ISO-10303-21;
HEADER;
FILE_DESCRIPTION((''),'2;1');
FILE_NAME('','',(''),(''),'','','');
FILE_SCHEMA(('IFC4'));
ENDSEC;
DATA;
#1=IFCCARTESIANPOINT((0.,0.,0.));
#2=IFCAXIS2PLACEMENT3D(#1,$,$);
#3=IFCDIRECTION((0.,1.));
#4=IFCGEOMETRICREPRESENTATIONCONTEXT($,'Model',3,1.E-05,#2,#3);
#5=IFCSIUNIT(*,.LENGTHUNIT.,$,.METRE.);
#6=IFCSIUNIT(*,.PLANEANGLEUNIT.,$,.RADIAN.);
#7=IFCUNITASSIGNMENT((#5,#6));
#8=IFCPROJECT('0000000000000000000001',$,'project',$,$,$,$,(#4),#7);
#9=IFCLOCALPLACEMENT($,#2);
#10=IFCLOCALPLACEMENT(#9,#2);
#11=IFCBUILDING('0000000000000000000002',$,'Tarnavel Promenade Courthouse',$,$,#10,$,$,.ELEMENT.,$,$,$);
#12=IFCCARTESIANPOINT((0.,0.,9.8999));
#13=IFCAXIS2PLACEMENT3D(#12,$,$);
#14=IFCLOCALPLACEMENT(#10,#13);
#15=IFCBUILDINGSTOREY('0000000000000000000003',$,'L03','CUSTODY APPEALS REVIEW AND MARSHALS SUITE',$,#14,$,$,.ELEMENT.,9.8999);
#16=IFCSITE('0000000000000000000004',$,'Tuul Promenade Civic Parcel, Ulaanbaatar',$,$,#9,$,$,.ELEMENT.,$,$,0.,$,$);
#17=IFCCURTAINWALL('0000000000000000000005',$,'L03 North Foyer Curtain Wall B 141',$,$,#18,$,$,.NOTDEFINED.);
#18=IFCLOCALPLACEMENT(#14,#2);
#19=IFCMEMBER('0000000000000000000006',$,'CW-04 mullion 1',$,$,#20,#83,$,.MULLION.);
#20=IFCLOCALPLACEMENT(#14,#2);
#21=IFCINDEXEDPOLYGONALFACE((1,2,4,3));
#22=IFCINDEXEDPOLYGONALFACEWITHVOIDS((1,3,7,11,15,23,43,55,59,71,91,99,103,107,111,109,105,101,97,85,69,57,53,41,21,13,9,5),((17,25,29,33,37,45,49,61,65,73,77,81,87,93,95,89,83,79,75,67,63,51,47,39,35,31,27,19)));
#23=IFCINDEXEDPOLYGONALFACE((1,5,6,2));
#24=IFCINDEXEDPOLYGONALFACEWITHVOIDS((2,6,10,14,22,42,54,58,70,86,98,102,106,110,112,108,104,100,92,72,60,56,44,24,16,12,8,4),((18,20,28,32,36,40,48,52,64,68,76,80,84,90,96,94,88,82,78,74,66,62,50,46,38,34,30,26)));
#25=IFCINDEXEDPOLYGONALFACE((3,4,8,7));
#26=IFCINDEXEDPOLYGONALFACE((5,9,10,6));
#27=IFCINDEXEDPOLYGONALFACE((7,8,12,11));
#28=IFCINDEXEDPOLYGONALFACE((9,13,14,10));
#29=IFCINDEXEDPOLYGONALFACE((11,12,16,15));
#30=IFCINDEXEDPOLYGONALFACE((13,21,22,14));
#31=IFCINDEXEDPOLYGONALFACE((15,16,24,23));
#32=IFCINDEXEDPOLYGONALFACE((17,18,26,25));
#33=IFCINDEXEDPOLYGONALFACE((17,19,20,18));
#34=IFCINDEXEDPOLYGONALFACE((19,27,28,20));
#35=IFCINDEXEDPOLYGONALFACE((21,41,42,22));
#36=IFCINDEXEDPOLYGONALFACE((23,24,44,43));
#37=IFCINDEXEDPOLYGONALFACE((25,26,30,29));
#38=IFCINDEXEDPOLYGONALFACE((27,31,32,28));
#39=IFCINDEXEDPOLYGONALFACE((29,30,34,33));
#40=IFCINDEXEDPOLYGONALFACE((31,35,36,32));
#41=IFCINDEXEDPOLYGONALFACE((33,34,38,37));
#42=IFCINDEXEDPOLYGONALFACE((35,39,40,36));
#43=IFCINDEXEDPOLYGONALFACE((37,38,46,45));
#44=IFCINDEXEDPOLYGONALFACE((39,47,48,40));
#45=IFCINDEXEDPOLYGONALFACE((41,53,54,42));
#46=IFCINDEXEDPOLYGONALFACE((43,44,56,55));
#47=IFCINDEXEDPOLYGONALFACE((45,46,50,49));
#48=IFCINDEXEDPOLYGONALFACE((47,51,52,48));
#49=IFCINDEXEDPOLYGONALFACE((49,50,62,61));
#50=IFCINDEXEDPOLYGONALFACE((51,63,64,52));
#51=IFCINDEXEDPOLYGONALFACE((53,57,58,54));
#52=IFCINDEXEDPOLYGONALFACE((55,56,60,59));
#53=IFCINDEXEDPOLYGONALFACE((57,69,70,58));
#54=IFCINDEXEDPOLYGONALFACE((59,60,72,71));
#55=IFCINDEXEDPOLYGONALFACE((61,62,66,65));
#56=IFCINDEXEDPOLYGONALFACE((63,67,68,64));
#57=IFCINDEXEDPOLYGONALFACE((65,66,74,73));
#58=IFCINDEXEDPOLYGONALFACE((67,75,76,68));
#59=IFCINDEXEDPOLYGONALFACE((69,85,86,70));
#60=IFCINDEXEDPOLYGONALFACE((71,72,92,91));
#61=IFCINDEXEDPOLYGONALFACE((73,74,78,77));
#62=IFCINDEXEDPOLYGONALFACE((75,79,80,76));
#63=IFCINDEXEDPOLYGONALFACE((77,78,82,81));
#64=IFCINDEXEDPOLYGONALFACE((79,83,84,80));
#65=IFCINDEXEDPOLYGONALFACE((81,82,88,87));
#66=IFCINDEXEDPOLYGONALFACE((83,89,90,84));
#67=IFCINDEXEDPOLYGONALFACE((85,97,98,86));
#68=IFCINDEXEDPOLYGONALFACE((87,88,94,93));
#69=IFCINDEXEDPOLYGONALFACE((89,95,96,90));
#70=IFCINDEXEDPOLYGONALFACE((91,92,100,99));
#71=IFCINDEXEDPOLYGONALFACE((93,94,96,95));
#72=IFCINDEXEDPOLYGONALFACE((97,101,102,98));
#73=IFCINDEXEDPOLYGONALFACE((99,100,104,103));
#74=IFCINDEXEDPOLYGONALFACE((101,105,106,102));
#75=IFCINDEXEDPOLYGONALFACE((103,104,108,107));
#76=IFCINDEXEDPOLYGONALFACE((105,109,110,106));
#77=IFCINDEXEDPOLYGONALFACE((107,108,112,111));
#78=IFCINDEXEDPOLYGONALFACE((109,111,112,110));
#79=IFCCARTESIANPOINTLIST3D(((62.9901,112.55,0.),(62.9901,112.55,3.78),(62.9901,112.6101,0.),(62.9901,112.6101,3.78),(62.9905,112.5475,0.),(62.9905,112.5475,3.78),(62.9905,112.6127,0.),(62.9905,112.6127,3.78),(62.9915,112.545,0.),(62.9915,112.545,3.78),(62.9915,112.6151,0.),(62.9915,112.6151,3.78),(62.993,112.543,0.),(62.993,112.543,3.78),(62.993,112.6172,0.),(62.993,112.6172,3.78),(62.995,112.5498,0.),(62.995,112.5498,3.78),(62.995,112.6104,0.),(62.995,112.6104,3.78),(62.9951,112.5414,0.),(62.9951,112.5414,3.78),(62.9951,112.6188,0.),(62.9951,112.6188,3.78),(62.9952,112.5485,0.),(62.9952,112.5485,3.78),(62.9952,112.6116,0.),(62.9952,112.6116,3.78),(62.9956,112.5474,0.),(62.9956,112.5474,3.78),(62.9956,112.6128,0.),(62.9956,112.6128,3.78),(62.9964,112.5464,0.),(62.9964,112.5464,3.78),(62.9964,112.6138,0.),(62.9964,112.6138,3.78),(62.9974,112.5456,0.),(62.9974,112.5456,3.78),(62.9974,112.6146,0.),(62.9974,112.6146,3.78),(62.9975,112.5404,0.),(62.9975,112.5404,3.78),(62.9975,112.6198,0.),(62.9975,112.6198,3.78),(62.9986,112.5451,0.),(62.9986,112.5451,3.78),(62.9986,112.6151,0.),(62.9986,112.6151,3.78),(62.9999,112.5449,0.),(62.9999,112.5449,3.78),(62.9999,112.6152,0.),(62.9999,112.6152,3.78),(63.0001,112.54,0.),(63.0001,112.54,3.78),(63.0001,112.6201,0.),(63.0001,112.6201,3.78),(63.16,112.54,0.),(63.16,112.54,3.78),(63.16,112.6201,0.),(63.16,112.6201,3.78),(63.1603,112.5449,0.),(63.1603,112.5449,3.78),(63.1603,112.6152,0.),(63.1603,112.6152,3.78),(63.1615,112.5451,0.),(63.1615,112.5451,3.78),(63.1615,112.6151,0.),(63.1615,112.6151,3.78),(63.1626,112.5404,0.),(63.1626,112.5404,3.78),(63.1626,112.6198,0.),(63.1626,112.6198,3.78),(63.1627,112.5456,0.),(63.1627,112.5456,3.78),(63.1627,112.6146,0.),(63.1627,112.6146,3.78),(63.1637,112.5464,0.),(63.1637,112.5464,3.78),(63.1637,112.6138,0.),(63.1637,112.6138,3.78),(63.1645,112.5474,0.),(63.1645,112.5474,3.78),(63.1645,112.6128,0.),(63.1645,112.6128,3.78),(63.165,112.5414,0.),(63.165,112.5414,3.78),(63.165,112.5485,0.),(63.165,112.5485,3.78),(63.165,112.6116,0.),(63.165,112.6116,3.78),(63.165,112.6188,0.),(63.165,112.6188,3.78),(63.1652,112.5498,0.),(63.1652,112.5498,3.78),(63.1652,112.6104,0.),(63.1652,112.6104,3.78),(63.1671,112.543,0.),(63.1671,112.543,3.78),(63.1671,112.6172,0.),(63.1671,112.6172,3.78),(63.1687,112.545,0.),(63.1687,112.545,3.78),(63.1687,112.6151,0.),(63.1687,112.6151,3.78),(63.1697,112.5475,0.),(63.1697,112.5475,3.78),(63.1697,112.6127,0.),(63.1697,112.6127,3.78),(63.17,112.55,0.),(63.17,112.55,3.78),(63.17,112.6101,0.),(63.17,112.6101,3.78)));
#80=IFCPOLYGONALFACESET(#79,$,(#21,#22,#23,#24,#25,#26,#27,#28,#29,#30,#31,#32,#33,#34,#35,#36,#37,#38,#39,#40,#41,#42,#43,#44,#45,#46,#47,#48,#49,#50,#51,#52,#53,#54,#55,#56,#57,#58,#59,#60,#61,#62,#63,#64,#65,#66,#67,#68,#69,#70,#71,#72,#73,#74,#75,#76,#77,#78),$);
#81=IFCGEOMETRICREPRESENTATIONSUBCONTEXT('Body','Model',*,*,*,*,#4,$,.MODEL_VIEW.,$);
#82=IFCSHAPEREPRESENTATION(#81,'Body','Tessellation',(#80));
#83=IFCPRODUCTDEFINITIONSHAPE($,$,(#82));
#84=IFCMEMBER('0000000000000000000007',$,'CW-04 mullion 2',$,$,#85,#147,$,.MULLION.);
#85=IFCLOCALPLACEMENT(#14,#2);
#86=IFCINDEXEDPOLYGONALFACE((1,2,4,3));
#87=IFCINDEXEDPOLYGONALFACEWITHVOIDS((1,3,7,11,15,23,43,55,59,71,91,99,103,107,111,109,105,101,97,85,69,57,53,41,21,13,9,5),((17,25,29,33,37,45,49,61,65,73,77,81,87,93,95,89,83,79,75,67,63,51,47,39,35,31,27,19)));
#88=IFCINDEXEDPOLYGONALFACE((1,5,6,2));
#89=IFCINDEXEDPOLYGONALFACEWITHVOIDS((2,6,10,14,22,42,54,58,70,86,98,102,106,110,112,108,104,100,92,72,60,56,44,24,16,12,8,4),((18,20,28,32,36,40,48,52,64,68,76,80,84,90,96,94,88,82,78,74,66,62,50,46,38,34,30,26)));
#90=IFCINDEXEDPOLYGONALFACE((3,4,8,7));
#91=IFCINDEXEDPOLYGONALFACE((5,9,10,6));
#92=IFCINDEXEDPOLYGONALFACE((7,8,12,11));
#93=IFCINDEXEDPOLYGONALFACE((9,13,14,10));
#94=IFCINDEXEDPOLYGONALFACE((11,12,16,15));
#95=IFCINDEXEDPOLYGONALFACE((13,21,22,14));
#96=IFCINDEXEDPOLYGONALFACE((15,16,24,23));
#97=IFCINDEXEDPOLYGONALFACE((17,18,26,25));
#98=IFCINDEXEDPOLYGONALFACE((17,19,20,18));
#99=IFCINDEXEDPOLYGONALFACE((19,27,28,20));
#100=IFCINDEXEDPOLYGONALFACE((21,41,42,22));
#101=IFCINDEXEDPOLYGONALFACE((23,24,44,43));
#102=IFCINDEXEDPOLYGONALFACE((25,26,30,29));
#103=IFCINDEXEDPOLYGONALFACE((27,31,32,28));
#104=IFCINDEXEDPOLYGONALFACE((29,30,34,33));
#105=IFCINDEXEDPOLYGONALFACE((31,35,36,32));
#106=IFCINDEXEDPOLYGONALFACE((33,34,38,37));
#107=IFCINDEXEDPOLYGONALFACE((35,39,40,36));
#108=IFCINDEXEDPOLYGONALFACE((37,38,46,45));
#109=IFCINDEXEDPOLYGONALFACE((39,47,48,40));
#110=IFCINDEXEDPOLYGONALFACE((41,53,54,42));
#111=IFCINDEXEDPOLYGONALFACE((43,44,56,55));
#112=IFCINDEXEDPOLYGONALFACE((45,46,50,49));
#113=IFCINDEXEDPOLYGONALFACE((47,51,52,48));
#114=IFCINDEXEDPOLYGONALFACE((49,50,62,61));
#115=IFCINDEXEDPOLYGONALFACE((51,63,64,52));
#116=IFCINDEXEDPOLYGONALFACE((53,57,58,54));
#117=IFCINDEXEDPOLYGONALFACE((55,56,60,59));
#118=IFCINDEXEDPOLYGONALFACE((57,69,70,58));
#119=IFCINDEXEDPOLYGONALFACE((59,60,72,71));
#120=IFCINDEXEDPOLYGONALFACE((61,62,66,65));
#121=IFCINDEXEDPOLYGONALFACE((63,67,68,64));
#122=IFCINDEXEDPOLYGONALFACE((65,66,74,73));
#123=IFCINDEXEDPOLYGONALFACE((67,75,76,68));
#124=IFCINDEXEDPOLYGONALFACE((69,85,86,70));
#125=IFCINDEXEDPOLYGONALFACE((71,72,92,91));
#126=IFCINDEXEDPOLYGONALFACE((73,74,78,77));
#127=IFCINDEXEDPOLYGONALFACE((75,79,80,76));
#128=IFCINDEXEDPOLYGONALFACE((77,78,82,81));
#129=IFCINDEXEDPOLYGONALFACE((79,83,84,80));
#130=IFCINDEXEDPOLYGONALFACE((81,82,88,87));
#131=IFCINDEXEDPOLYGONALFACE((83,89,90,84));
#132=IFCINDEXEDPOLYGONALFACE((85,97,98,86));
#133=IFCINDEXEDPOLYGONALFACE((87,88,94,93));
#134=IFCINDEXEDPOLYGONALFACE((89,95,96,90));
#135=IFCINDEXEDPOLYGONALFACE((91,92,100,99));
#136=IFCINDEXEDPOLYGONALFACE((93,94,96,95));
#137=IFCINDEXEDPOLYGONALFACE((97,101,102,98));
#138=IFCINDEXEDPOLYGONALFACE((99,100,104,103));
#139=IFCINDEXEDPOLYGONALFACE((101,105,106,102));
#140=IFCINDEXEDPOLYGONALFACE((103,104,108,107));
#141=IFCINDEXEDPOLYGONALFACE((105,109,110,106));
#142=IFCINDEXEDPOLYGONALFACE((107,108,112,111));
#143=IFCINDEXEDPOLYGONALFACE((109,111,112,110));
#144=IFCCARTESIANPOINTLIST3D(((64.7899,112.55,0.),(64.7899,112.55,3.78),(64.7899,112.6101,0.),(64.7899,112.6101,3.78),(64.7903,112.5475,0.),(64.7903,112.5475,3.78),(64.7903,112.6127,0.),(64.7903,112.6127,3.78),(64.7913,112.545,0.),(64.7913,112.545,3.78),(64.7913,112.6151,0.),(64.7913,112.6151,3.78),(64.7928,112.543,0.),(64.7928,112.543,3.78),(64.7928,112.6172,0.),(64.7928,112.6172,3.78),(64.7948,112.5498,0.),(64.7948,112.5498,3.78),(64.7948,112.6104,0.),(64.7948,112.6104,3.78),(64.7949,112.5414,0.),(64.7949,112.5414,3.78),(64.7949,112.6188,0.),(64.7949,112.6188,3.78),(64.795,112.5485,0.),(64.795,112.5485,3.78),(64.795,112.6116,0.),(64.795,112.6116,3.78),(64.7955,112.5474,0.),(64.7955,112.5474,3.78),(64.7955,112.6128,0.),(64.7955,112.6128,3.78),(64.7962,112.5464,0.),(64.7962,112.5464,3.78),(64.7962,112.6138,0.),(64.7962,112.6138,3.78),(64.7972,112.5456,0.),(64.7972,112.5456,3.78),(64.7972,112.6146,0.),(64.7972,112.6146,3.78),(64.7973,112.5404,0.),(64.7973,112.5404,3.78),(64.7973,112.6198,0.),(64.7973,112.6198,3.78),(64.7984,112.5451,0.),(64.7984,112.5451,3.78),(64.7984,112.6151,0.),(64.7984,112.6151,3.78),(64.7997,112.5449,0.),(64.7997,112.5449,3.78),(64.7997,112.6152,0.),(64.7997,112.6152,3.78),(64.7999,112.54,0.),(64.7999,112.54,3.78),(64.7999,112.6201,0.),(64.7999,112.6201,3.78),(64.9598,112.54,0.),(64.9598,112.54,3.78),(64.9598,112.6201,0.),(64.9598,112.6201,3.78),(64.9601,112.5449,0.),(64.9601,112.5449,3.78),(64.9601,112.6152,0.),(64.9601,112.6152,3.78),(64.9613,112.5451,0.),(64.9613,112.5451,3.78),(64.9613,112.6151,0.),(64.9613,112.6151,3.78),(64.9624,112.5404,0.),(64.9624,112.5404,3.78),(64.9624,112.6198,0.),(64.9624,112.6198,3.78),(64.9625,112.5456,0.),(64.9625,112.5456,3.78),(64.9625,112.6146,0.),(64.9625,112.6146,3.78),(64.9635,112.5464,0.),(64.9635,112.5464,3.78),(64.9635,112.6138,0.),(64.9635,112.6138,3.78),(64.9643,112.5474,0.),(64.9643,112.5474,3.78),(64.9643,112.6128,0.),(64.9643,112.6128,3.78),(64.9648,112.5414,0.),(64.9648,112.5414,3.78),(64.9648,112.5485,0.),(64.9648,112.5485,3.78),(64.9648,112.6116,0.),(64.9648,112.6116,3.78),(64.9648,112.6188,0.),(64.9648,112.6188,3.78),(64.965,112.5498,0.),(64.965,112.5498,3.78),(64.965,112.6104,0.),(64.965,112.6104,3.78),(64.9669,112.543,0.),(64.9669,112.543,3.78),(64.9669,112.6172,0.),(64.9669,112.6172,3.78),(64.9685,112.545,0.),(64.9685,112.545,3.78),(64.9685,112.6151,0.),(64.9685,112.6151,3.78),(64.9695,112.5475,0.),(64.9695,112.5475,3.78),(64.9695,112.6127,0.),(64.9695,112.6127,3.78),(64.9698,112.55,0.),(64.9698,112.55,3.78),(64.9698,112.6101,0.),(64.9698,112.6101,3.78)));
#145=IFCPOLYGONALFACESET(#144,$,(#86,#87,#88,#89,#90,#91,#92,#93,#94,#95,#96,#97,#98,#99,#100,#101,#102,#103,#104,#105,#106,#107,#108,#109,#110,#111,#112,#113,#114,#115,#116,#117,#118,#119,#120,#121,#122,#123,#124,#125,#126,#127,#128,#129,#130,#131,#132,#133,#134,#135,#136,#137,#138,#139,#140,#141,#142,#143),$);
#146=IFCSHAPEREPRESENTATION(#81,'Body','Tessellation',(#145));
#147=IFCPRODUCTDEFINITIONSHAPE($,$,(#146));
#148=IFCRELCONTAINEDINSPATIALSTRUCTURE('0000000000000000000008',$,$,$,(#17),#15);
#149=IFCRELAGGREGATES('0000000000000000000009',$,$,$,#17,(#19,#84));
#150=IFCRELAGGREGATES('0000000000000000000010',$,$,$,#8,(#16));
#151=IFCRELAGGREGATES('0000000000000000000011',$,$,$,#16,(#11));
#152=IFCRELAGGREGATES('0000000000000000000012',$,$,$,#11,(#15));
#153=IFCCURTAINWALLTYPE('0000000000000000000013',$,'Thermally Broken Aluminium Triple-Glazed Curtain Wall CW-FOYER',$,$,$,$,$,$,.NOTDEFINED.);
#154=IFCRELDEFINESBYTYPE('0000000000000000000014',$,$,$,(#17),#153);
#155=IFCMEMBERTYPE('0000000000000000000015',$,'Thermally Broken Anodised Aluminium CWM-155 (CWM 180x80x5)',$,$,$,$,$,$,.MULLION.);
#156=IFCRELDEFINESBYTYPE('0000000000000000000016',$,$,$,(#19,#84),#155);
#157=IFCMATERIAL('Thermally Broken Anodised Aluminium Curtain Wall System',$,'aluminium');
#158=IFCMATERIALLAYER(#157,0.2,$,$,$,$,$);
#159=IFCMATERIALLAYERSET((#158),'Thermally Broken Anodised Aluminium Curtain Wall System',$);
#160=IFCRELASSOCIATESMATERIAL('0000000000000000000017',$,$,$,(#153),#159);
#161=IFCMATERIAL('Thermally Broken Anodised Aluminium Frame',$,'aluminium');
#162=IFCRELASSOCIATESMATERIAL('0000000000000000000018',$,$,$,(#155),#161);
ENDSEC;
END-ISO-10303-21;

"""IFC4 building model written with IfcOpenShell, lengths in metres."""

from ifc_helpers import new_model, si_unit, direction, frame, origin, origin_2d, place, context, subcontext, project, spatial, hollow_rectangle, extrude, material, layer, layer_set, material_profile, profile_set, type_object, element, aggregate, save


model = new_model("IFC4")

# Units and contexts
model_context = context("Model", 3, precision=1e-05, world=origin(), true_north=direction((0.0, 1.0)))
body_context = subcontext(model_context, "Body", "Model", "MODEL_VIEW")
ifc_project = project(units=[si_unit("LENGTHUNIT", "METRE"), si_unit("PLANEANGLEUNIT", "RADIAN")], contexts=[model_context])

# Site, building, storey
site_placement = place(None, origin())
site = spatial("IfcSite", under=ifc_project, at=site_placement, Name="Tuul Promenade Civic Parcel, Ulaanbaatar", CompositionType="ELEMENT", RefElevation=0.0)
building_placement = place(site_placement, origin())
building = spatial("IfcBuilding", under=site, at=building_placement, Name="Tarnavel Promenade Courthouse", CompositionType="ELEMENT")
storey_placement = place(building_placement, frame((0.0, 0.0, 9.8999)))
storey = spatial("IfcBuildingStorey", under=building, at=storey_placement, Name="L03", Description="CUSTODY APPEALS REVIEW AND MARSHALS SUITE", CompositionType="ELEMENT", Elevation=9.8999)

# Curtain wall, members
ifc_material_1 = material(Name="Thermally Broken Anodised Aluminium Curtain Wall System", Category="aluminium")
ifc_layer_1 = layer(ifc_material_1, 0.2)
ifc_layer_set_1 = layer_set([ifc_layer_1], Name="Thermally Broken Anodised Aluminium Curtain Wall System")
curtain_wall_type = type_object("IfcCurtainWallType", Name="Thermally Broken Aluminium Triple-Glazed Curtain Wall CW-FOYER", PredefinedType="NOTDEFINED", material=ifc_layer_set_1)
ifc_material_2 = material(Name="Thermally Broken Anodised Aluminium Frame", Category="aluminium")
ifc_material_profile_1 = material_profile(ifc_material_2, hollow_rectangle(XDim=0.0801, YDim=0.1799, WallThickness=0.0049, InnerFilletRadius=0.0049, OuterFilletRadius=0.01, at=origin_2d()), Name="CWM 180x80x5")
ifc_profile_set_1 = profile_set([ifc_material_profile_1], Name="Thermally Broken Anodised Aluminium Frame")
member_type_1 = type_object("IfcMemberType", Name="Thermally Broken Anodised Aluminium CWM-155 (CWM 180x80x5)", PredefinedType="MULLION", material=ifc_profile_set_1)
curtain_wall_1_placement = place(storey_placement, origin())
curtain_wall_1 = element("IfcCurtainWall", 1, at=curtain_wall_1_placement, inside=storey, type_object=curtain_wall_type, Name="L03 North Foyer Curtain Wall B 141", PredefinedType="NOTDEFINED")
member_1_placement = place(storey_placement, frame((63.0801, 112.5801, 0.0), z_axis=(0.0, 0.0, 1.0), x_axis=(0.0, 1.0, 0.0)))
member_1 = element("IfcMember", 2, at=member_1_placement, type_object=member_type_1, Name="CW-04 mullion 1", PredefinedType="MULLION", context=body_context, shape_type="SweptSolid", body=[
    extrude(hollow_rectangle(XDim=0.0801, YDim=0.1799, WallThickness=0.0049, InnerFilletRadius=0.0049, OuterFilletRadius=0.01, at=origin_2d()), origin(), (0.0, 0.0, 1.0), 3.78),
])
member_2_placement = place(storey_placement, frame((64.8799, 112.5801, 0.0), z_axis=(0.0, 0.0, 1.0), x_axis=(0.0, 1.0, 0.0)))
member_2 = element("IfcMember", 3, at=member_2_placement, type_object=member_type_1, Name="CW-04 mullion 2", PredefinedType="MULLION", context=body_context, shape_type="SweptSolid", body=[
    extrude(hollow_rectangle(XDim=0.0801, YDim=0.1799, WallThickness=0.0049, InnerFilletRadius=0.0049, OuterFilletRadius=0.01, at=origin_2d()), origin(), (0.0, 0.0, 1.0), 3.78),
])

aggregate(curtain_wall_1, [member_1, member_2])

save(model, "model.ifc")
